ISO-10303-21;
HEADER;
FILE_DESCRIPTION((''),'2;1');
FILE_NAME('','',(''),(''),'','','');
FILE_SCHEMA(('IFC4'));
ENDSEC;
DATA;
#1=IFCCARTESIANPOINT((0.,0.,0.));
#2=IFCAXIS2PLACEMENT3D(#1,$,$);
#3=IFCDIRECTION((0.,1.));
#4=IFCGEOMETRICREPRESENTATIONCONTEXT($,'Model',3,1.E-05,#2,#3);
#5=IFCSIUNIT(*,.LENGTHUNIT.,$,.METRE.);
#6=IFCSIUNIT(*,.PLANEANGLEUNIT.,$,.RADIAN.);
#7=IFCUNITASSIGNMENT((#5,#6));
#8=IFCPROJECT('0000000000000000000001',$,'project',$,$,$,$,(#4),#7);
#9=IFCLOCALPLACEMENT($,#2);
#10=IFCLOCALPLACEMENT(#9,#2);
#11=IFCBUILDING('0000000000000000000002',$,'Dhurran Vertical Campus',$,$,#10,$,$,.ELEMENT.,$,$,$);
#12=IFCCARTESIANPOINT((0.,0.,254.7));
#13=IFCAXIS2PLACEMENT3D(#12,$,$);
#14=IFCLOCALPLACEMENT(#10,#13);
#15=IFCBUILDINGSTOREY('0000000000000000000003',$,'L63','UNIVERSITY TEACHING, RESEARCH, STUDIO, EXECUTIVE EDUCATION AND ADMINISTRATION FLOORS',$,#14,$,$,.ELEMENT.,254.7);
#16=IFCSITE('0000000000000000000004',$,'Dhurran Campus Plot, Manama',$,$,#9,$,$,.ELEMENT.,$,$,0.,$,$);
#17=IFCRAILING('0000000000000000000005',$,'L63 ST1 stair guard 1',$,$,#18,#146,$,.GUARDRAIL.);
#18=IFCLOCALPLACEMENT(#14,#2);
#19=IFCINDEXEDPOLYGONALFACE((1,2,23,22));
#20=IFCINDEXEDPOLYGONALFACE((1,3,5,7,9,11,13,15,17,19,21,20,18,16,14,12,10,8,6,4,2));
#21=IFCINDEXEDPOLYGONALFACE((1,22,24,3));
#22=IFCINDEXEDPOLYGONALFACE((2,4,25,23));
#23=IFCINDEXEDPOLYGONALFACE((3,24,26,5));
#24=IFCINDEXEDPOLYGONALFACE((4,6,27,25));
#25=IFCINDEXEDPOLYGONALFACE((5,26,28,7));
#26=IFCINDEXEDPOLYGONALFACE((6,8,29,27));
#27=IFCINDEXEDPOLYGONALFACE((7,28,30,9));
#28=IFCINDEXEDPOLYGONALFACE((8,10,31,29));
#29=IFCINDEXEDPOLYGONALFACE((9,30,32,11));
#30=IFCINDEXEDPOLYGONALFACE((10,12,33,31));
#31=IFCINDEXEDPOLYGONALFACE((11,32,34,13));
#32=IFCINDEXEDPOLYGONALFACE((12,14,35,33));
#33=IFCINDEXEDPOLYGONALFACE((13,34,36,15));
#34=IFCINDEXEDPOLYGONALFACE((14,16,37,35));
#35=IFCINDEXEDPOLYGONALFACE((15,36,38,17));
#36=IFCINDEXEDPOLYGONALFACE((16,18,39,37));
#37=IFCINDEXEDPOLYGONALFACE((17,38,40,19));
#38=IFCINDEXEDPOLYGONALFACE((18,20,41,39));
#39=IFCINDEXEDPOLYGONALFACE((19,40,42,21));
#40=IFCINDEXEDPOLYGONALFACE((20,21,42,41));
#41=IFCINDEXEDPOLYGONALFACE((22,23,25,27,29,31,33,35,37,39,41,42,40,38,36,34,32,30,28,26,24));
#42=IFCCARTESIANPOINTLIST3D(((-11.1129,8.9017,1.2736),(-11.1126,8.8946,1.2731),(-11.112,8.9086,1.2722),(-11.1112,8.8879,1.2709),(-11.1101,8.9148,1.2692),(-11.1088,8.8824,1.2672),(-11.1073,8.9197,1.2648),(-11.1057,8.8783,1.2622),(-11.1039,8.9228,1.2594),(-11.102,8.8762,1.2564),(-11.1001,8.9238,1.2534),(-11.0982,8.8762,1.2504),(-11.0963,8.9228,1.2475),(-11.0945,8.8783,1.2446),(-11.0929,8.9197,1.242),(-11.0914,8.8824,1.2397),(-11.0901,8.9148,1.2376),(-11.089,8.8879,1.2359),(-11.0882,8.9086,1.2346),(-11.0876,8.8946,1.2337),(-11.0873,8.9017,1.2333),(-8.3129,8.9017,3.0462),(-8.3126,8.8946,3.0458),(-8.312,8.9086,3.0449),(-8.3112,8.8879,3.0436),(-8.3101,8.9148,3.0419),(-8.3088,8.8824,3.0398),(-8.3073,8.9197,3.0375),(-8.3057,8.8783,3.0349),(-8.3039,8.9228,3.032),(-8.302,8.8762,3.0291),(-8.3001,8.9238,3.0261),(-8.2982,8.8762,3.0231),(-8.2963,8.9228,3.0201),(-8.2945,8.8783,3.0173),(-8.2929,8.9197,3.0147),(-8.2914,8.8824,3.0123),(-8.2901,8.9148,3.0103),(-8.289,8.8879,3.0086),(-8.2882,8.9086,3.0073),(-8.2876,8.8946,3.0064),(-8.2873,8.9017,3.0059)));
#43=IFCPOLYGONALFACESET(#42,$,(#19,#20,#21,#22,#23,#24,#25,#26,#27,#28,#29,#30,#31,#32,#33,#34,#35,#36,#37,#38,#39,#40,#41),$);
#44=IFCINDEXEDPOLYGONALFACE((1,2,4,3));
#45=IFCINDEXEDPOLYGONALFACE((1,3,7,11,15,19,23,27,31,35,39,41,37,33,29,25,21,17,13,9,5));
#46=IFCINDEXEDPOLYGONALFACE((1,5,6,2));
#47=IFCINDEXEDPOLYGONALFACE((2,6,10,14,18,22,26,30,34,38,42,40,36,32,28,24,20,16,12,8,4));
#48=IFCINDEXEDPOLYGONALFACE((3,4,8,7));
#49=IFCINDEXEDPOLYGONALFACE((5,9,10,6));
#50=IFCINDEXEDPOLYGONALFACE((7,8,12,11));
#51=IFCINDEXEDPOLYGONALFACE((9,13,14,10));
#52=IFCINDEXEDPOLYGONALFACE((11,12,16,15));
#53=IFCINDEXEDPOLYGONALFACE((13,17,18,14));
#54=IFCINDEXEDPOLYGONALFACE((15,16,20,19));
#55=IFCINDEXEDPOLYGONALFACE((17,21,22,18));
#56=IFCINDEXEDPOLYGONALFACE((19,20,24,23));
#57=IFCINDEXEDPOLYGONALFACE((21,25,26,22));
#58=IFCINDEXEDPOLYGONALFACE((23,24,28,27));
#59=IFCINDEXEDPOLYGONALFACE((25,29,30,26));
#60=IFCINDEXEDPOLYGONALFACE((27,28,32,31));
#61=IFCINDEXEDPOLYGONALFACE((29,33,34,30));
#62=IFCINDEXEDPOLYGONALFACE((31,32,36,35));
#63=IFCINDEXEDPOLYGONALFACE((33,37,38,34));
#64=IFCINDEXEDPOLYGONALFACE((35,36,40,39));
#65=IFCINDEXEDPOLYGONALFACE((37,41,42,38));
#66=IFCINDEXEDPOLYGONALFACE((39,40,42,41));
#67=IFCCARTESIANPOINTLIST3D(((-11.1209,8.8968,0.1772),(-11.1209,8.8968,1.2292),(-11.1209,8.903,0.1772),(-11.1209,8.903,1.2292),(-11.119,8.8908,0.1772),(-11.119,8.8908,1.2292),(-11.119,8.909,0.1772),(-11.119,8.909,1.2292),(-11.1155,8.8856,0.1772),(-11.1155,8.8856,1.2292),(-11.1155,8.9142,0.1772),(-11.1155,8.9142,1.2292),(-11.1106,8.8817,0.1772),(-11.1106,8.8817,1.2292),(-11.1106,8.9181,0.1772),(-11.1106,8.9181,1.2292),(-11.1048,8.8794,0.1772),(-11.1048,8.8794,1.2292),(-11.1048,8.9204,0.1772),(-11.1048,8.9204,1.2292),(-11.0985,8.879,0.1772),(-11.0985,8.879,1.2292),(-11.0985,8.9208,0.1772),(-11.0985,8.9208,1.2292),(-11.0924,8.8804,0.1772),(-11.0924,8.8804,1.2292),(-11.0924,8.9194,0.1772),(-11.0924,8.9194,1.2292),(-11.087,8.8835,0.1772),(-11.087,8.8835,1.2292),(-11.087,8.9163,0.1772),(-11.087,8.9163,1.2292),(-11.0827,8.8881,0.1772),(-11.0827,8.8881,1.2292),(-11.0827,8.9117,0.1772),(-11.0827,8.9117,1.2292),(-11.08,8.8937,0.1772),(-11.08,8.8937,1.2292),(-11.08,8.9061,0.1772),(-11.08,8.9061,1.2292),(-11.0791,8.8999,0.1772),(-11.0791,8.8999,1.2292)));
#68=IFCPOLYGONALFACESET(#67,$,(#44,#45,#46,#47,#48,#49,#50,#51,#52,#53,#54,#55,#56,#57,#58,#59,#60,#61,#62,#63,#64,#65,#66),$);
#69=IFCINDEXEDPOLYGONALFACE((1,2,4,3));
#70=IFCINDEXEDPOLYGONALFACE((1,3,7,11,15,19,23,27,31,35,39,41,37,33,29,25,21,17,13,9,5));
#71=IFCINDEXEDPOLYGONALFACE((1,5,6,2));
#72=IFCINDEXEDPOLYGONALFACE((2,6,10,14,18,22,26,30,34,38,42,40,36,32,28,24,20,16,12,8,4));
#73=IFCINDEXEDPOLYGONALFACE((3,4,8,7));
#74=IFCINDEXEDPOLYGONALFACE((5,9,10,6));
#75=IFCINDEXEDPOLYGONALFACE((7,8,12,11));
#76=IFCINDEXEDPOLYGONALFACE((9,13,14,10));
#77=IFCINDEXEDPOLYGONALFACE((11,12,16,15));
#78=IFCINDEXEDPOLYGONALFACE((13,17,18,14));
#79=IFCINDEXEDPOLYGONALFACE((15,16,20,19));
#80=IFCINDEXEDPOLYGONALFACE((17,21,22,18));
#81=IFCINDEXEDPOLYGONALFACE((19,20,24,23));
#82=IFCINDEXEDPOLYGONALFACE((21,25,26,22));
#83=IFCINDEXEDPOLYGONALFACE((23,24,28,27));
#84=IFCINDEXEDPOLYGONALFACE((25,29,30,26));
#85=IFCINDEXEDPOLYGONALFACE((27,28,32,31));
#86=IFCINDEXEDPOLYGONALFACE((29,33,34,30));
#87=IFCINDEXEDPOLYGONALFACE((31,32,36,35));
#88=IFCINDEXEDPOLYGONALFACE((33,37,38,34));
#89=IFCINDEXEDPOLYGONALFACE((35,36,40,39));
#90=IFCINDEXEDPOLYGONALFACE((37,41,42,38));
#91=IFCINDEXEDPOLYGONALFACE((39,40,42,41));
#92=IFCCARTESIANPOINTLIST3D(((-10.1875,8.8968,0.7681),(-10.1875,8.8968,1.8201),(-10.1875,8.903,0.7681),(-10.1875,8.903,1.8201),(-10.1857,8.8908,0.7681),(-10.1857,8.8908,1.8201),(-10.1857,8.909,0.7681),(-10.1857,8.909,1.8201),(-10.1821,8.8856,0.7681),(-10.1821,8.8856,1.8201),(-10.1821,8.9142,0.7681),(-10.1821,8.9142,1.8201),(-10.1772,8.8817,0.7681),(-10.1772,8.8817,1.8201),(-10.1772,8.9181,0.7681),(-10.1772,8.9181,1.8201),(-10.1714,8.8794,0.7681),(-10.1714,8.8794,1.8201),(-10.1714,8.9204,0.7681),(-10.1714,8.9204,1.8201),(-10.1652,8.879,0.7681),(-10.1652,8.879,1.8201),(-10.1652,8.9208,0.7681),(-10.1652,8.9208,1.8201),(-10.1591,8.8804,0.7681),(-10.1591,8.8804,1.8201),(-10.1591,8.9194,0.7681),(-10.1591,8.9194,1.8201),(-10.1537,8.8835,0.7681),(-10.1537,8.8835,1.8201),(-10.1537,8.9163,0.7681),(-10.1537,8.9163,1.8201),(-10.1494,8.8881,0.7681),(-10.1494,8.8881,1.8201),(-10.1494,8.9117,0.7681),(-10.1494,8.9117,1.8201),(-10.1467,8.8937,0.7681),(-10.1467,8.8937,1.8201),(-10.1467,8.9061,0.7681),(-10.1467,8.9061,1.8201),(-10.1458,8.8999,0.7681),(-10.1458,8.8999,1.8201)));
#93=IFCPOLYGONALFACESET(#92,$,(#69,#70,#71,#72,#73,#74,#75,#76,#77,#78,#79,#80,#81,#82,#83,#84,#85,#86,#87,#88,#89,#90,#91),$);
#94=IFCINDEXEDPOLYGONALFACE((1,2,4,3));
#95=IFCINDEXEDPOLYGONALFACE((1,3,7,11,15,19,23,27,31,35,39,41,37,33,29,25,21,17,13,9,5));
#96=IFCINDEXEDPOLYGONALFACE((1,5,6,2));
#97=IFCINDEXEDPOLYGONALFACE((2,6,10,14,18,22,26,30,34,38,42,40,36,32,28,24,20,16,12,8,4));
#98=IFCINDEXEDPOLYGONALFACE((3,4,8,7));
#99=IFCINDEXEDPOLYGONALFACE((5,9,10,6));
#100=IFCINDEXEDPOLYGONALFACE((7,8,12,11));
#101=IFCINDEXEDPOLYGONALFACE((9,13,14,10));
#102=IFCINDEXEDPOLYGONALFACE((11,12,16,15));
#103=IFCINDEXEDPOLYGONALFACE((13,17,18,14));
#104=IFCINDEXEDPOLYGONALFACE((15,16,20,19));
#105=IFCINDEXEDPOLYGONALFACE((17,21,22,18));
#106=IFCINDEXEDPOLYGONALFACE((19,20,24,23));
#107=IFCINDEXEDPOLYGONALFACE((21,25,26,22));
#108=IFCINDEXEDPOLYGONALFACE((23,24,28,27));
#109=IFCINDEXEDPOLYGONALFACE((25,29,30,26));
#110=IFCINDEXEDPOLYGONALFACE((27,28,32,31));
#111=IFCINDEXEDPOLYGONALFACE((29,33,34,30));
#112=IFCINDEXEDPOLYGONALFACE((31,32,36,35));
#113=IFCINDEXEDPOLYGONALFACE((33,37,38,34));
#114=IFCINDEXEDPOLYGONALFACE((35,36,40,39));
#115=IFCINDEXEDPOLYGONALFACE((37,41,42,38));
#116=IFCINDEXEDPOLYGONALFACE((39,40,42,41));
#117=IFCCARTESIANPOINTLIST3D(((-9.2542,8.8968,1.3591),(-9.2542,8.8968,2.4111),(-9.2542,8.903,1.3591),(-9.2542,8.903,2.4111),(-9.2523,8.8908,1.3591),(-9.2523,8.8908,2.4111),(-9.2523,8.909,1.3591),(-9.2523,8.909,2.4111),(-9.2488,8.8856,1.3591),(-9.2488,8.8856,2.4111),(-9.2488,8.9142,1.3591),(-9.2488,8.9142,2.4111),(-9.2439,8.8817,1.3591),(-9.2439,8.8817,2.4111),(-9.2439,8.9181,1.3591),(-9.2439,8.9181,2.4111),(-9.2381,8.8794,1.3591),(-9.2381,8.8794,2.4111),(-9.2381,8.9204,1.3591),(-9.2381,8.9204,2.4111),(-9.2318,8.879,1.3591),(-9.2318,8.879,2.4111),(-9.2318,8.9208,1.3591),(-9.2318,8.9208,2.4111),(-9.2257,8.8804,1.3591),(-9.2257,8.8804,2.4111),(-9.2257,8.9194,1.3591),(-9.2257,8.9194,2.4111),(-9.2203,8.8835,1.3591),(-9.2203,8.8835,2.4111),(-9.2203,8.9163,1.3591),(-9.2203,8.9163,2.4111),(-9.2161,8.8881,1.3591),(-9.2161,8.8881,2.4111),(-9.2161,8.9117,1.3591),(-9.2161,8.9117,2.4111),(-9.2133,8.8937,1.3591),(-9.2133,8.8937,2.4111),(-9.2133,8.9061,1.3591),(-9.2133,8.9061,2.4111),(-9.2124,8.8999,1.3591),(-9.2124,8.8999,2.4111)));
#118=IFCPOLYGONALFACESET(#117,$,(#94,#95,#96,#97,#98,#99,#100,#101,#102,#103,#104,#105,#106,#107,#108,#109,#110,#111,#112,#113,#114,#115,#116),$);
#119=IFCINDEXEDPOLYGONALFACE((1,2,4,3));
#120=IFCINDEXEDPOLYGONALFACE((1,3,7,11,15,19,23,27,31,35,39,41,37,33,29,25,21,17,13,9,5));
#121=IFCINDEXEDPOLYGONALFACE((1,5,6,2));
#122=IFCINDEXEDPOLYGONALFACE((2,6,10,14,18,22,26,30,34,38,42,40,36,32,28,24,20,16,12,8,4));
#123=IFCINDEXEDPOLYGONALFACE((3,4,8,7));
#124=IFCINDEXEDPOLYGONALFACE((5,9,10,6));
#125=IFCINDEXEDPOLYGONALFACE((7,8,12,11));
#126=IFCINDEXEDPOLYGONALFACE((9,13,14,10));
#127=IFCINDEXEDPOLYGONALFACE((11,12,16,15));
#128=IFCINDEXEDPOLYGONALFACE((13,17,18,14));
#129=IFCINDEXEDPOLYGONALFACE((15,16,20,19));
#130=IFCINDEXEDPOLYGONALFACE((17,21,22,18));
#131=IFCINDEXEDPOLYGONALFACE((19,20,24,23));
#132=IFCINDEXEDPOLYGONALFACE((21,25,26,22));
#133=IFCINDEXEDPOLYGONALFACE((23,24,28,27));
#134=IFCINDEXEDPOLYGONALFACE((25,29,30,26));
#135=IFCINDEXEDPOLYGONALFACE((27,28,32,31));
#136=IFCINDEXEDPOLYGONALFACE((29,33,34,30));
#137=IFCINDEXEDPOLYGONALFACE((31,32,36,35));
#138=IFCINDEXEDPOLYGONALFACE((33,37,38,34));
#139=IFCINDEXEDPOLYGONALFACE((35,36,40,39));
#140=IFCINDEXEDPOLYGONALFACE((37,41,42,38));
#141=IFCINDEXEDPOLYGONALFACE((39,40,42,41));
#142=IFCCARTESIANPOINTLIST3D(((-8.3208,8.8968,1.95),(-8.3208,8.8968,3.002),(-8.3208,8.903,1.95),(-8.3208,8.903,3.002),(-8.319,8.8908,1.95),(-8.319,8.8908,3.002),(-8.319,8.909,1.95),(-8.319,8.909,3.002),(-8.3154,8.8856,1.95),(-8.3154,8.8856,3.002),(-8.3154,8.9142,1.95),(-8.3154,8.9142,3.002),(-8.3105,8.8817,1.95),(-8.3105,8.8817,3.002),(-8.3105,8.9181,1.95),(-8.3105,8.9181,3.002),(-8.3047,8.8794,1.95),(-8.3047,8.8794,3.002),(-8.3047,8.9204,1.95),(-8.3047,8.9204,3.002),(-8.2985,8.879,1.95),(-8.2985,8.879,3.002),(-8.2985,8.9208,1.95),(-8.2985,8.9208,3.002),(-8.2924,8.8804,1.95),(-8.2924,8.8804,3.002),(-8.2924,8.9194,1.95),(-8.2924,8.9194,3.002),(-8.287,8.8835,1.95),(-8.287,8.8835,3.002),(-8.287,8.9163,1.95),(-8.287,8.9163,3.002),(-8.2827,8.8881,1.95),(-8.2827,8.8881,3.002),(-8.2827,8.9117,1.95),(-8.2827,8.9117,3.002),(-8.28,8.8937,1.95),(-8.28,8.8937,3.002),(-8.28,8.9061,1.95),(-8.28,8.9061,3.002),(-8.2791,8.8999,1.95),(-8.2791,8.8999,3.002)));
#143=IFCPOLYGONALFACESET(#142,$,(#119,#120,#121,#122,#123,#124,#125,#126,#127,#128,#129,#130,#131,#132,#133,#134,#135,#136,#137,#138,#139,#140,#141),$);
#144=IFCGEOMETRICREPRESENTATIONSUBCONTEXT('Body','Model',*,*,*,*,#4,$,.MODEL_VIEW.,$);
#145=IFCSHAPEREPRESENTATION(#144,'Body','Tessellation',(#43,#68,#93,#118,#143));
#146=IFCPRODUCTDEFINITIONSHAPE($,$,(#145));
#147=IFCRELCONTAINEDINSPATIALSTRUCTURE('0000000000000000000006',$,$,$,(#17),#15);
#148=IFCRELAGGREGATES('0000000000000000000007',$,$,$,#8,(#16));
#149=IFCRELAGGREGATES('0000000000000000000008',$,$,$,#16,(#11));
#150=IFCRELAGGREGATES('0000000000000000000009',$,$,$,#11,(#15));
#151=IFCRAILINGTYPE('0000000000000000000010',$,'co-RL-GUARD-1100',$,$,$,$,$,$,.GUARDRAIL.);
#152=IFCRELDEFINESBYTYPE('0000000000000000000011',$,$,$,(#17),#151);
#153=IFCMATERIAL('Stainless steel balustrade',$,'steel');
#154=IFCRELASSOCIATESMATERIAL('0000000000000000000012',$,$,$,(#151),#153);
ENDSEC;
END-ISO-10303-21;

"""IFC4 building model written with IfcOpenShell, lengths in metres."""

from ifc_helpers import new_model, si_unit, direction, frame, origin, origin_2d, place, context, subcontext, project, spatial, circle, extrude, material, type_object, element, save


model = new_model("IFC4")

# Units and contexts
model_context = context("Model", 3, precision=1e-05, world=origin(), true_north=direction((0.0, 1.0)))
body_context = subcontext(model_context, "Body", "Model", "MODEL_VIEW")
ifc_project = project(units=[si_unit("LENGTHUNIT", "METRE"), si_unit("PLANEANGLEUNIT", "RADIAN")], contexts=[model_context])

# Site, building, storey
site_placement = place(None, origin())
site = spatial("IfcSite", under=ifc_project, at=site_placement, Name="Dhurran Campus Plot, Manama", CompositionType="ELEMENT", RefElevation=0.0)
building_placement = place(site_placement, origin())
building = spatial("IfcBuilding", under=site, at=building_placement, Name="Dhurran Vertical Campus", CompositionType="ELEMENT")
storey_placement = place(building_placement, frame((0.0, 0.0, 254.7)))
storey = spatial("IfcBuildingStorey", under=building, at=storey_placement, Name="L63", Description="UNIVERSITY TEACHING, RESEARCH, STUDIO, EXECUTIVE EDUCATION AND ADMINISTRATION FLOORS", CompositionType="ELEMENT", Elevation=254.7)

# Railing
ifc_material_1 = material(Name="Stainless steel balustrade", Category="steel")
railing_type_1 = type_object("IfcRailingType", Name="co-RL-GUARD-1100", PredefinedType="GUARDRAIL", material=ifc_material_1)
railing_1_placement = place(storey_placement, frame((-11.1001, 8.8999, 0.1772)))
element("IfcRailing", 1, at=railing_1_placement, inside=storey, type_object=railing_type_1, Name="L63 ST1 stair guard 1", PredefinedType="GUARDRAIL", context=body_context, shape_type="SweptSolid", body=[
    extrude(circle(Radius=0.0239, at=origin_2d()), frame((0.0, 0.0, 1.0762), z_axis=(0.844909, 0.0, 0.53491), x_axis=(0.0, 1.0, 0.0)), (0.0, 0.0, 1.0), 3.314),
    extrude(circle(Radius=0.021, at=origin_2d()), origin(), (0.0, 0.0, 1.0), 1.052),
    extrude(circle(Radius=0.021, at=origin_2d()), frame((0.9333, 0.0, 0.5908)), (0.0, 0.0, 1.0), 1.052),
    extrude(circle(Radius=0.021, at=origin_2d()), frame((1.8667, 0.0, 1.1819)), (0.0, 0.0, 1.0), 1.052),
    extrude(circle(Radius=0.021, at=origin_2d()), frame((2.8, 0.0, 1.7727)), (0.0, 0.0, 1.0), 1.052),
])

save(model, "model.ifc")
